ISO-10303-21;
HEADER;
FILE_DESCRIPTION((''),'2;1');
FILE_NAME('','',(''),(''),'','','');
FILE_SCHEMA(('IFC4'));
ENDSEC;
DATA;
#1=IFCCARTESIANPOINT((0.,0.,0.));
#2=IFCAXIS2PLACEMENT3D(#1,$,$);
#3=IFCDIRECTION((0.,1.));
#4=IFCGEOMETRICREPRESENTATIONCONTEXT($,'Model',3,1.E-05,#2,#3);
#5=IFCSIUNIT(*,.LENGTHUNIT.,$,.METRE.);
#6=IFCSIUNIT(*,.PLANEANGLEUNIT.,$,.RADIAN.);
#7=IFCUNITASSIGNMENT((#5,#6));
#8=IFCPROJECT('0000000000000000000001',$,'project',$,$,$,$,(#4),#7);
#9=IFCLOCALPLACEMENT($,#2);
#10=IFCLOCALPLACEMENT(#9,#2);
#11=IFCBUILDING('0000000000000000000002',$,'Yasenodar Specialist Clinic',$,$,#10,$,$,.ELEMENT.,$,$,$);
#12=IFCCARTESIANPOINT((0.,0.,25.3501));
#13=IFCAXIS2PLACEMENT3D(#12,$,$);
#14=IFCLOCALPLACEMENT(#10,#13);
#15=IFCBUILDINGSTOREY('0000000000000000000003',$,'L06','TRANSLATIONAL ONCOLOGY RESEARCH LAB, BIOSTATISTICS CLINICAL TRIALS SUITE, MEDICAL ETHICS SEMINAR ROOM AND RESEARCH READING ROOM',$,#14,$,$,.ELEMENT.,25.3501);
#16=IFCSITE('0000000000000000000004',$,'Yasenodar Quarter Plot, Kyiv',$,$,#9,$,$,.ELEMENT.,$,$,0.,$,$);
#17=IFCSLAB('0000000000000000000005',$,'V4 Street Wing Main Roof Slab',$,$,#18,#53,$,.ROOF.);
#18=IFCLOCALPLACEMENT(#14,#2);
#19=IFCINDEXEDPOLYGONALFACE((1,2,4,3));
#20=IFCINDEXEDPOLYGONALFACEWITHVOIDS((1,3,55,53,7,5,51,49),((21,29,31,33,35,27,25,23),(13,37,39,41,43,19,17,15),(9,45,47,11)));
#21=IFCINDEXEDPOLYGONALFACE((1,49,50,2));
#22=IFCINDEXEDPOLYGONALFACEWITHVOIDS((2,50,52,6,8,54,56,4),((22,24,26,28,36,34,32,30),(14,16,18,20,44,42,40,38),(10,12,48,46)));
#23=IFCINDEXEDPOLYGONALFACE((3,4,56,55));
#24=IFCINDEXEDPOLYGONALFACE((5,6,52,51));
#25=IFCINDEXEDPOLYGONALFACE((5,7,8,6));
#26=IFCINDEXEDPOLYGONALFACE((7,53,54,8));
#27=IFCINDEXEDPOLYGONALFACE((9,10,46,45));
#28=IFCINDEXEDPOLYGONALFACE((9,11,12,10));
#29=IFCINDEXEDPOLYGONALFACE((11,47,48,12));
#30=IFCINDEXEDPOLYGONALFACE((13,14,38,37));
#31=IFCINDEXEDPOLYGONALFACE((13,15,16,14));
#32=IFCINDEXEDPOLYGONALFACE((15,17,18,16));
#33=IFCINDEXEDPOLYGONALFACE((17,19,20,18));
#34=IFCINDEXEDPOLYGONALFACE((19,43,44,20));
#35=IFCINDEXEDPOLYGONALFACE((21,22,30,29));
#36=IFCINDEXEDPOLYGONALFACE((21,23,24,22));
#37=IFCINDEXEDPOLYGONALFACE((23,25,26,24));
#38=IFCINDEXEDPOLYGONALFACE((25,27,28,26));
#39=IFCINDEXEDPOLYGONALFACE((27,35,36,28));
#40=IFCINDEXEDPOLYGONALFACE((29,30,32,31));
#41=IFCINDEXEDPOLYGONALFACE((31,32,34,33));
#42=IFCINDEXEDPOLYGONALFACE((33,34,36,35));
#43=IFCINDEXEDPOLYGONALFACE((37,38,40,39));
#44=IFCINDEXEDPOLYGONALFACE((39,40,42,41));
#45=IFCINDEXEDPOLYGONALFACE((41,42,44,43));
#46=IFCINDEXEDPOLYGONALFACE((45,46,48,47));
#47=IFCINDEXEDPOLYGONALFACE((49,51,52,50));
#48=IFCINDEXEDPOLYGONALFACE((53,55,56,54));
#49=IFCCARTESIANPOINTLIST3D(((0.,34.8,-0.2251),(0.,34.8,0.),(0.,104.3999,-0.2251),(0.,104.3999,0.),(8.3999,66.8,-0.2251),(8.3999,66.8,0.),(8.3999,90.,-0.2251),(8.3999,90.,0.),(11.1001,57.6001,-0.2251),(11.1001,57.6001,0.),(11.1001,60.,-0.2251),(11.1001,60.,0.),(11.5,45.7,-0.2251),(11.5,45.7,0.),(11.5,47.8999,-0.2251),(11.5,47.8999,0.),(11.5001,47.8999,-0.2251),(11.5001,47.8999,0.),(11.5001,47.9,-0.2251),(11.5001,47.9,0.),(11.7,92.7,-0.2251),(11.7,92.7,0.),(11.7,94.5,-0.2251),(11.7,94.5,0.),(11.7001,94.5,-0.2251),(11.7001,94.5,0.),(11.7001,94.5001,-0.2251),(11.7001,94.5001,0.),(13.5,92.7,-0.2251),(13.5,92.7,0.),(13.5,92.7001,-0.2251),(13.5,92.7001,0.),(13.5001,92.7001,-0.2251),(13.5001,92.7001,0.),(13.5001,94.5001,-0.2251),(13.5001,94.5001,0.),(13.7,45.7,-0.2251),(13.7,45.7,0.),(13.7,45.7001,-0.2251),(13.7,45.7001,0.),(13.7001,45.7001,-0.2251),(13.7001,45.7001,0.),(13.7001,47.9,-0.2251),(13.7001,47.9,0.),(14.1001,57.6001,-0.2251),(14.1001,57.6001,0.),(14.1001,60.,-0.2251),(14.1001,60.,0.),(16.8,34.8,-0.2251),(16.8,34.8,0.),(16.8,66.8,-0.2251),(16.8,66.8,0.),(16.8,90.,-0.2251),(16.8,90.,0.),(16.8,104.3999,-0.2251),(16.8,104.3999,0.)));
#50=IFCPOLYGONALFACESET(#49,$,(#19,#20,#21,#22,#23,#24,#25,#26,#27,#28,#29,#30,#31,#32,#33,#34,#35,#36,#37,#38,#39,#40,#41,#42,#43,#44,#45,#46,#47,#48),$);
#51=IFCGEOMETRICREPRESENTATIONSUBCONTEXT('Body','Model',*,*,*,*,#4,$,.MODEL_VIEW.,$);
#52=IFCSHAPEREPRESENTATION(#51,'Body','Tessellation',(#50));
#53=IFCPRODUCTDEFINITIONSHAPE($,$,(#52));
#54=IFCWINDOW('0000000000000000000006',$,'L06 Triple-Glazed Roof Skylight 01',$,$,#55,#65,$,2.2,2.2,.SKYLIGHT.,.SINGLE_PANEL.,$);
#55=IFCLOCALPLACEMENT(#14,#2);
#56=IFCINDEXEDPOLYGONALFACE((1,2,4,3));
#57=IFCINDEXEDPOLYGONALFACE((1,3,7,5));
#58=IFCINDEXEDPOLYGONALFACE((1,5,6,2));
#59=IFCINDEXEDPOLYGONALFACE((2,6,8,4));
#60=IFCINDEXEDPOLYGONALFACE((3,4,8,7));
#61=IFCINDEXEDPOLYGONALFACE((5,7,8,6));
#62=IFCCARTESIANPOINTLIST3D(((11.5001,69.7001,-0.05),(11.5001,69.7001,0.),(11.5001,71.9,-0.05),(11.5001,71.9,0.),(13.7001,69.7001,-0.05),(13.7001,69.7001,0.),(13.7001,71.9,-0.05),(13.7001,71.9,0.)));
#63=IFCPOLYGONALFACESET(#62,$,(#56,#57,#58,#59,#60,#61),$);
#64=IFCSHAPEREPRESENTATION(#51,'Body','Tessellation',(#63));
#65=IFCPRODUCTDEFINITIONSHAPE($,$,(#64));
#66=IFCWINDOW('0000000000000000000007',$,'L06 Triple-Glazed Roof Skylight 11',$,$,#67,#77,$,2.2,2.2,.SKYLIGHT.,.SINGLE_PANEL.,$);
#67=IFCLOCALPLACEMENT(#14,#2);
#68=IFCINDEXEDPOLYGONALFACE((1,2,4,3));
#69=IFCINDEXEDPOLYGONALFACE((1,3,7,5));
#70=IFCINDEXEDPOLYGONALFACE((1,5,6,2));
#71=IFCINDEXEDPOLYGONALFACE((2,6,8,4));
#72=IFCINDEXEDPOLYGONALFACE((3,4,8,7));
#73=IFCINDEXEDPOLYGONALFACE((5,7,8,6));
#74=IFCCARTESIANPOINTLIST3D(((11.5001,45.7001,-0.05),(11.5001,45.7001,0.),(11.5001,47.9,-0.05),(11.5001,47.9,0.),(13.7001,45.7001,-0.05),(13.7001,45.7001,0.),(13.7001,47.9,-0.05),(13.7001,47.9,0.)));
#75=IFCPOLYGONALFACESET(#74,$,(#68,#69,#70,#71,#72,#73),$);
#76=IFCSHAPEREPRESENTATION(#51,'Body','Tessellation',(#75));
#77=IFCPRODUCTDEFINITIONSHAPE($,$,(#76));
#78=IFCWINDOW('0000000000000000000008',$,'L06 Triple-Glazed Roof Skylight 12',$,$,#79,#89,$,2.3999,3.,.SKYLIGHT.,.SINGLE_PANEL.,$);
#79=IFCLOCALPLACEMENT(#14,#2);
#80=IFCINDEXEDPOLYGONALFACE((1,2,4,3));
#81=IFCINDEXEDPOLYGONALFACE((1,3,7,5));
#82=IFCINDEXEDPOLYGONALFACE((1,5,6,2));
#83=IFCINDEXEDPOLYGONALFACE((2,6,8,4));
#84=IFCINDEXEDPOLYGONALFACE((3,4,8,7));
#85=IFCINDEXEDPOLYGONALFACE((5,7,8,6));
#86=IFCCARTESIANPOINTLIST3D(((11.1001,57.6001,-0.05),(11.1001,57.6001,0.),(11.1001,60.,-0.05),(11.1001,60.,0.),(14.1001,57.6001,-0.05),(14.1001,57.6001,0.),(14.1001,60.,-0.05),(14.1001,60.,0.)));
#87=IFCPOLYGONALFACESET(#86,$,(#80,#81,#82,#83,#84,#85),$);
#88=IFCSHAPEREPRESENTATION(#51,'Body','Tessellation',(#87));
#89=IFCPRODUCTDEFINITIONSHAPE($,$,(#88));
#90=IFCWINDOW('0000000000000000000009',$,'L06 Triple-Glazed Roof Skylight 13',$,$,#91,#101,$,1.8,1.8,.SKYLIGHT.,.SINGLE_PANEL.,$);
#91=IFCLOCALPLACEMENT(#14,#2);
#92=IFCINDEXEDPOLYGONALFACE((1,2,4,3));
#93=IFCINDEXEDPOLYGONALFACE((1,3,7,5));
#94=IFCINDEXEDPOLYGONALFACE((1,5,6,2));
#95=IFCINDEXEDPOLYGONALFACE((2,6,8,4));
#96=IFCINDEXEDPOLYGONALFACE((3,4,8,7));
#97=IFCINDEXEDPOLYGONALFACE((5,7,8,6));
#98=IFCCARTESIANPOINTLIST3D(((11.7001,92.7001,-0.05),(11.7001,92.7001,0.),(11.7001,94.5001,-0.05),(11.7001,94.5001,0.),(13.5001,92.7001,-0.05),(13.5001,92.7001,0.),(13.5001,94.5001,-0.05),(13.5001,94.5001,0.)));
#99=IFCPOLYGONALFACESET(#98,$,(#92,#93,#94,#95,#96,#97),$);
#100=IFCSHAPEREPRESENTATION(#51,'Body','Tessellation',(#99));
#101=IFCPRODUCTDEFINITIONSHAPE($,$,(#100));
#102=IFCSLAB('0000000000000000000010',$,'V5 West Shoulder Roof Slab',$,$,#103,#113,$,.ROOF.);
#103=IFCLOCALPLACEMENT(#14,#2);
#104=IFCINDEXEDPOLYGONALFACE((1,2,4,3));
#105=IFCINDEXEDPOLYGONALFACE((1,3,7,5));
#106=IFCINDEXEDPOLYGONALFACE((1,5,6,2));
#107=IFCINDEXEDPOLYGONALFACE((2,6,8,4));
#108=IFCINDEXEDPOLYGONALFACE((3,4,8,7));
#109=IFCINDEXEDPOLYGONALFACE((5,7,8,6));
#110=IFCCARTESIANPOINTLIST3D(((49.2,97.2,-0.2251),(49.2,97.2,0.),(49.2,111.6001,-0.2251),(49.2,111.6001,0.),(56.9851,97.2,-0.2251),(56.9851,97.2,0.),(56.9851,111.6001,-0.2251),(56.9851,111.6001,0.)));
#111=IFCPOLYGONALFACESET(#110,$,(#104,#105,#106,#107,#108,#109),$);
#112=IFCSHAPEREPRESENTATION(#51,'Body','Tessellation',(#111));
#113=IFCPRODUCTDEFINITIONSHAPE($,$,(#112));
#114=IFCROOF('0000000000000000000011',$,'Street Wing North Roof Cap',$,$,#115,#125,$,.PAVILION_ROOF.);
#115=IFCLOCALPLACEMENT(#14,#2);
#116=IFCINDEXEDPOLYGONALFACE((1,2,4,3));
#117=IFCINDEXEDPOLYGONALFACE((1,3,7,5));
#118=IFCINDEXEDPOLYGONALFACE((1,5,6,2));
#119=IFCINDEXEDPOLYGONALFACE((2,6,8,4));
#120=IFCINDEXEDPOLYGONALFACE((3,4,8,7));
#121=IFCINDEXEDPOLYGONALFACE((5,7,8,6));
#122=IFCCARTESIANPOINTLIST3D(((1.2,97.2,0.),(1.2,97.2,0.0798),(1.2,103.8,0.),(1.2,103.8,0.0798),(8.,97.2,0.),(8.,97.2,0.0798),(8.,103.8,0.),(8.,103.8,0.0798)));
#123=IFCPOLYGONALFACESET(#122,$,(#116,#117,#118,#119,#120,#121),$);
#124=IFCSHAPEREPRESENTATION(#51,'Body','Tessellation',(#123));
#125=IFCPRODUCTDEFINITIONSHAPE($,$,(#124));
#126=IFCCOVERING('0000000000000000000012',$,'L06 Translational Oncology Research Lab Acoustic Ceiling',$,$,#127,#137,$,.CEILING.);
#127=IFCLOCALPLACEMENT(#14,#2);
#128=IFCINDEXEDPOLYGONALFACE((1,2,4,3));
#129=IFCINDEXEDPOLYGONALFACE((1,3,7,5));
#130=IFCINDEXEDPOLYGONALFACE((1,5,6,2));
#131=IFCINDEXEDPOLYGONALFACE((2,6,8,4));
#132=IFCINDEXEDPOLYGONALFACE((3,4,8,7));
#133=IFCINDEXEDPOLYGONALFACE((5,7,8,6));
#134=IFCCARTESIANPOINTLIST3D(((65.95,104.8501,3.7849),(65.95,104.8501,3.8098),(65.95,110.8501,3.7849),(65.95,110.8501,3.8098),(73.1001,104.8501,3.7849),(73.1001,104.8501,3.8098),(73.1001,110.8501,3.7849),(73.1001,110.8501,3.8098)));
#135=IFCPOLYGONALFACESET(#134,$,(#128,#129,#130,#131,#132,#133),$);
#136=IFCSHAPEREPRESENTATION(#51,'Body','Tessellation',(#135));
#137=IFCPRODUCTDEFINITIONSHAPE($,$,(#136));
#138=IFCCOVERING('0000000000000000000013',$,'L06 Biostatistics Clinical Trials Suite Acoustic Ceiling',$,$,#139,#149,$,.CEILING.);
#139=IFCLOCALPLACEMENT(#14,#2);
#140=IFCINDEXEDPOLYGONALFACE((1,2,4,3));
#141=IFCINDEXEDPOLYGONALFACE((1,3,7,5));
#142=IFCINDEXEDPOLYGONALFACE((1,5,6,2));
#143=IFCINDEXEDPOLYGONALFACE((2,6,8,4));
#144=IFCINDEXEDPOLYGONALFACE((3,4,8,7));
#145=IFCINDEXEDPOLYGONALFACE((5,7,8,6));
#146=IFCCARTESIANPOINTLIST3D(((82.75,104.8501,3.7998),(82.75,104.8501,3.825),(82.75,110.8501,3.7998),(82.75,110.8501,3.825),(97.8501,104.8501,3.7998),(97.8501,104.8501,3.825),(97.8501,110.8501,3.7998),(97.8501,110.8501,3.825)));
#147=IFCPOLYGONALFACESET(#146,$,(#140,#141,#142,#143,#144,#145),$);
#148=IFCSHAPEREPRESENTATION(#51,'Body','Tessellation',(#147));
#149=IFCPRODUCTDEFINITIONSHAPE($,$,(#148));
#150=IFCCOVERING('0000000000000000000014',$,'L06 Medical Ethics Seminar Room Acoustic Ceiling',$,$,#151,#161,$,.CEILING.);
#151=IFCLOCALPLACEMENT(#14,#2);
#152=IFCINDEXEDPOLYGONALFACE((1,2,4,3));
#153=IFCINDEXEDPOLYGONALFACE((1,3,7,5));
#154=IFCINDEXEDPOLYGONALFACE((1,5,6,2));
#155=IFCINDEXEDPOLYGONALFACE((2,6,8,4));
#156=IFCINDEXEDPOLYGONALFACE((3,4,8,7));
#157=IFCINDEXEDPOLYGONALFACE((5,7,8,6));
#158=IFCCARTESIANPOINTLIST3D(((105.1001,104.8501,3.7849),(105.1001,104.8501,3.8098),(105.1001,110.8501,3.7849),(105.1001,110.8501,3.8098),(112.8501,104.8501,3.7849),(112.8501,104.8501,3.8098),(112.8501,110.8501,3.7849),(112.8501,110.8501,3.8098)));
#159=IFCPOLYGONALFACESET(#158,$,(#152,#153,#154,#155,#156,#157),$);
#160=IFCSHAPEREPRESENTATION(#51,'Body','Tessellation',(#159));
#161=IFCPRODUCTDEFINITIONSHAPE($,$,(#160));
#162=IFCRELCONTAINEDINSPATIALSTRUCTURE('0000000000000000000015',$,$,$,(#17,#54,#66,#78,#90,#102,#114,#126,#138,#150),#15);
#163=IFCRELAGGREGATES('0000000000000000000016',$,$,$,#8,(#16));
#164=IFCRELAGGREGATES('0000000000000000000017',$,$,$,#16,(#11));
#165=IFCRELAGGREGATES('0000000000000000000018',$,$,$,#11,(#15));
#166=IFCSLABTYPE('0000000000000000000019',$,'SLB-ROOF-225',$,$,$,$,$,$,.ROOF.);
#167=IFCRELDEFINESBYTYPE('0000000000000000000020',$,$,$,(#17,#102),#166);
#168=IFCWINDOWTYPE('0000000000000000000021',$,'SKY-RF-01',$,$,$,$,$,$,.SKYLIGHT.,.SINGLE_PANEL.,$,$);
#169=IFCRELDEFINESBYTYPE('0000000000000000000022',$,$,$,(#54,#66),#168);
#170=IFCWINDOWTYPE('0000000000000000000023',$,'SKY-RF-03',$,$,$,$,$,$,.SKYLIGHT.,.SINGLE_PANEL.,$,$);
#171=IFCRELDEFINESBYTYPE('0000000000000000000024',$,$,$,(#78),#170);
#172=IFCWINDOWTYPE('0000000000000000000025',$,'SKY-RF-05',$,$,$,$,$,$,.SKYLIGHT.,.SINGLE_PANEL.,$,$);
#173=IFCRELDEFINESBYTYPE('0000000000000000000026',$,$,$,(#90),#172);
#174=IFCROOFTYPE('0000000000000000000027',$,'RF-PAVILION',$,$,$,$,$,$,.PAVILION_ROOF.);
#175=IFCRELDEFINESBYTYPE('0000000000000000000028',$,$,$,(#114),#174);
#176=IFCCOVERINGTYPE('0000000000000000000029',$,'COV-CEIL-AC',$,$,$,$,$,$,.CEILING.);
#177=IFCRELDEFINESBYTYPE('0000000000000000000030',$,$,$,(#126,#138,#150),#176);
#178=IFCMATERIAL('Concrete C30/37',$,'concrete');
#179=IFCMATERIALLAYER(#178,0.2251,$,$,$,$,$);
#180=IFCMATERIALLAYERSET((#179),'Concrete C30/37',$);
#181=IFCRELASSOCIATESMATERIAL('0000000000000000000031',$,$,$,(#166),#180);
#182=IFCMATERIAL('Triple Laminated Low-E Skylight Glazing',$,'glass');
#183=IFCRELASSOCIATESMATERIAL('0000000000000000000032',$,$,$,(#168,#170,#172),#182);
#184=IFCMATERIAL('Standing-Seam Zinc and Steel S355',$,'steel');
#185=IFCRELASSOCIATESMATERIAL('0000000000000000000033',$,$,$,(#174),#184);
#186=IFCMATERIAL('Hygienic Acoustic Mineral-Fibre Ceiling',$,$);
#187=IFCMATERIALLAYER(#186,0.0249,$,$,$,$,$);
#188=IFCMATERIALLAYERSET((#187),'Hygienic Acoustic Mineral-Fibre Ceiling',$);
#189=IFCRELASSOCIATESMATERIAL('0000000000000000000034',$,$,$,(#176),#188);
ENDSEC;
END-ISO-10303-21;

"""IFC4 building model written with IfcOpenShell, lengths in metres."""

from ifc_helpers import new_model, si_unit, direction, frame, origin, origin_2d, place, context, subcontext, project, spatial, polyline, rectangle, outline, extrude, material, layer, layer_set, type_object, element, fill, save


model = new_model("IFC4")

# Units and contexts
model_context = context("Model", 3, precision=1e-05, world=origin(), true_north=direction((0.0, 1.0)))
body_context = subcontext(model_context, "Body", "Model", "MODEL_VIEW")
ifc_project = project(units=[si_unit("LENGTHUNIT", "METRE"), si_unit("PLANEANGLEUNIT", "RADIAN")], contexts=[model_context])

# Site, building, storey
site_placement = place(None, origin())
site = spatial("IfcSite", under=ifc_project, at=site_placement, Name="Yasenodar Quarter Plot, Kyiv", CompositionType="ELEMENT", RefElevation=0.0)
building_placement = place(site_placement, origin())
building = spatial("IfcBuilding", under=site, at=building_placement, Name="Yasenodar Specialist Clinic", CompositionType="ELEMENT")
storey_placement = place(building_placement, frame((0.0, 0.0, 25.3501)))
storey = spatial("IfcBuildingStorey", under=building, at=storey_placement, Name="L06", Description="TRANSLATIONAL ONCOLOGY RESEARCH LAB, BIOSTATISTICS CLINICAL TRIALS SUITE, MEDICAL ETHICS SEMINAR ROOM AND RESEARCH READING ROOM", CompositionType="ELEMENT", Elevation=25.3501)

# Shared definitions
ifc_material_1 = material(Name="Concrete C30/37", Category="concrete")

# Shared definitions
ifc_layer_1 = layer(ifc_material_1, 0.2251)
ifc_layer_set_1 = layer_set([ifc_layer_1], Name="Concrete C30/37")
slab_type_1 = type_object("IfcSlabType", Name="SLB-ROOF-225", PredefinedType="ROOF", material=ifc_layer_set_1)

# Slab, openings, windows
slab_1_placement = place(storey_placement, frame((0.0, 0.0, -0.2251)))
slab_1 = element("IfcSlab", 1, at=slab_1_placement, inside=storey, type_object=slab_type_1, Name="V4 Street Wing Main Roof Slab", PredefinedType="ROOF", context=body_context, shape_type="SweptSolid", body=[
    extrude(outline(polyline([(0.0, 104.3999), (16.8, 104.3999), (16.8, 90.0), (8.3999, 90.0), (8.3999, 66.8), (16.8, 66.8), (16.8, 34.8), (0.0, 34.8), (0.0, 104.3999)]), holes=[polyline([(14.1001, 57.6001), (14.1001, 60.0), (11.1001, 60.0), (11.1001, 57.6001), (14.1001, 57.6001)]), polyline([(13.7, 45.7), (13.7, 47.8999), (11.5, 47.8999), (11.5, 45.7), (13.7, 45.7)]), polyline([(13.5, 92.7), (13.5, 94.5), (11.7, 94.5), (11.7, 92.7), (13.5, 92.7)])]), origin(), (0.0, 0.0, 1.0), 0.2251),
])
opening_1_placement = place(slab_1_placement, frame((12.6001, 70.8, -0.01)))
opening_1 = element("IfcOpeningElement", 2, at=opening_1_placement, cuts=slab_1, PredefinedType="OPENING", context=body_context, shape_type="SweptSolid", body=[
    extrude(rectangle(XDim=2.2, YDim=2.2, at=origin_2d()), origin(), (0.0, 0.0, 1.0), 0.2451),
])
opening_2_placement = place(slab_1_placement, frame((12.6001, 46.8, -0.01)))
opening_2 = element("IfcOpeningElement", 3, at=opening_2_placement, cuts=slab_1, PredefinedType="OPENING", context=body_context, shape_type="SweptSolid", body=[
    extrude(rectangle(XDim=2.2, YDim=2.2, at=origin_2d()), origin(), (0.0, 0.0, 1.0), 0.2451),
])
opening_3_placement = place(slab_1_placement, frame((12.6001, 58.8, -0.01)))
opening_3 = element("IfcOpeningElement", 4, at=opening_3_placement, cuts=slab_1, PredefinedType="OPENING", context=body_context, shape_type="SweptSolid", body=[
    extrude(rectangle(XDim=3.0, YDim=2.3999, at=origin_2d()), origin(), (0.0, 0.0, 1.0), 0.2451),
])
opening_4_placement = place(slab_1_placement, frame((12.6001, 93.6001, -0.01)))
opening_4 = element("IfcOpeningElement", 5, at=opening_4_placement, cuts=slab_1, PredefinedType="OPENING", context=body_context, shape_type="SweptSolid", body=[
    extrude(rectangle(XDim=1.8, YDim=1.8, at=origin_2d()), origin(), (0.0, 0.0, 1.0), 0.2451),
])
ifc_material_2 = material(Name="Triple Laminated Low-E Skylight Glazing", Category="glass")
window_type_1 = type_object("IfcWindowType", Name="SKY-RF-01", PartitioningType="SINGLE_PANEL", PredefinedType="SKYLIGHT", material=ifc_material_2)
window_1_placement = place(slab_1_placement, frame((12.6001, 70.8, 0.175)))
window_1 = element("IfcWindow", 6, at=window_1_placement, inside=storey, type_object=window_type_1, Name="L06 Triple-Glazed Roof Skylight 01", OverallHeight=2.2, OverallWidth=2.2, PartitioningType="SINGLE_PANEL", PredefinedType="SKYLIGHT", context=body_context, shape_type="SweptSolid", body=[
    extrude(rectangle(XDim=2.2, YDim=2.2, at=origin_2d()), origin(), (0.0, 0.0, 1.0), 0.05),
])
fill(opening_1, window_1)
window_2_placement = place(slab_1_placement, frame((12.6001, 46.8, 0.175)))
window_2 = element("IfcWindow", 7, at=window_2_placement, inside=storey, type_object=window_type_1, Name="L06 Triple-Glazed Roof Skylight 11", OverallHeight=2.2, OverallWidth=2.2, PartitioningType="SINGLE_PANEL", PredefinedType="SKYLIGHT", context=body_context, shape_type="SweptSolid", body=[
    extrude(rectangle(XDim=2.2, YDim=2.2, at=origin_2d()), origin(), (0.0, 0.0, 1.0), 0.05),
])
fill(opening_2, window_2)
window_type_2 = type_object("IfcWindowType", Name="SKY-RF-03", PartitioningType="SINGLE_PANEL", PredefinedType="SKYLIGHT", material=ifc_material_2)
window_3_placement = place(slab_1_placement, frame((12.6001, 58.8, 0.175)))
window_3 = element("IfcWindow", 8, at=window_3_placement, inside=storey, type_object=window_type_2, Name="L06 Triple-Glazed Roof Skylight 12", OverallHeight=2.3999, OverallWidth=3.0, PartitioningType="SINGLE_PANEL", PredefinedType="SKYLIGHT", context=body_context, shape_type="SweptSolid", body=[
    extrude(rectangle(XDim=3.0, YDim=2.3999, at=origin_2d()), origin(), (0.0, 0.0, 1.0), 0.05),
])
fill(opening_3, window_3)
window_type_3 = type_object("IfcWindowType", Name="SKY-RF-05", PartitioningType="SINGLE_PANEL", PredefinedType="SKYLIGHT", material=ifc_material_2)
window_4_placement = place(slab_1_placement, frame((12.6001, 93.6001, 0.175)))
window_4 = element("IfcWindow", 9, at=window_4_placement, inside=storey, type_object=window_type_3, Name="L06 Triple-Glazed Roof Skylight 13", OverallHeight=1.8, OverallWidth=1.8, PartitioningType="SINGLE_PANEL", PredefinedType="SKYLIGHT", context=body_context, shape_type="SweptSolid", body=[
    extrude(rectangle(XDim=1.8, YDim=1.8, at=origin_2d()), origin(), (0.0, 0.0, 1.0), 0.05),
])
fill(opening_4, window_4)

# Slab
slab_2_placement = place(storey_placement, frame((0.0, 0.0, -0.2251)))
element("IfcSlab", 10, at=slab_2_placement, inside=storey, type_object=slab_type_1, Name="V5 West Shoulder Roof Slab", PredefinedType="ROOF", context=body_context, shape_type="SweptSolid", body=[
    extrude(outline(polyline([(49.2, 97.2), (49.2, 111.6001), (56.9851, 111.6001), (56.9851, 97.2), (49.2, 97.2)])), origin(), (0.0, 0.0, 1.0), 0.2251),
])

# Roof
ifc_material_3 = material(Name="Standing-Seam Zinc and Steel S355", Category="steel")
roof_type = type_object("IfcRoofType", Name="RF-PAVILION", PredefinedType="PAVILION_ROOF", material=ifc_material_3)
roof_placement = place(storey_placement, origin())
element("IfcRoof", 11, at=roof_placement, inside=storey, type_object=roof_type, Name="Street Wing North Roof Cap", PredefinedType="PAVILION_ROOF", context=body_context, shape_type="SweptSolid", body=[
    extrude(outline(polyline([(1.2, 97.2), (8.0, 97.2), (8.0, 103.8), (1.2, 103.8), (1.2, 97.2)])), origin(), (0.0, 0.0, 1.0), 0.0798),
])

# Coverings
ifc_material_4 = material(Name="Hygienic Acoustic Mineral-Fibre Ceiling")
ifc_layer_2 = layer(ifc_material_4, 0.0249)
ifc_layer_set_2 = layer_set([ifc_layer_2], Name="Hygienic Acoustic Mineral-Fibre Ceiling")
covering_type_1 = type_object("IfcCoveringType", Name="COV-CEIL-AC", PredefinedType="CEILING", material=ifc_layer_set_2)
covering_1_placement = place(storey_placement, frame((0.0, 0.0, 3.7849)))
element("IfcCovering", 12, at=covering_1_placement, inside=storey, type_object=covering_type_1, Name="L06 Translational Oncology Research Lab Acoustic Ceiling", PredefinedType="CEILING", context=body_context, shape_type="SweptSolid", body=[
    extrude(outline(polyline([(65.95, 104.8501), (65.95, 110.8501), (73.1001, 110.8501), (73.1001, 104.8501), (65.95, 104.8501)])), origin(), (0.0, 0.0, 1.0), 0.0249),
])
covering_2_placement = place(storey_placement, frame((0.0, 0.0, 3.7998)))
element("IfcCovering", 13, at=covering_2_placement, inside=storey, type_object=covering_type_1, Name="L06 Biostatistics Clinical Trials Suite Acoustic Ceiling", PredefinedType="CEILING", context=body_context, shape_type="SweptSolid", body=[
    extrude(outline(polyline([(97.8501, 104.8501), (82.75, 104.8501), (82.75, 110.8501), (97.8501, 110.8501), (97.8501, 104.8501)])), origin(), (0.0, 0.0, 1.0), 0.0251),
])
covering_3_placement = place(storey_placement, frame((0.0, 0.0, 3.7849)))
element("IfcCovering", 14, at=covering_3_placement, inside=storey, type_object=covering_type_1, Name="L06 Medical Ethics Seminar Room Acoustic Ceiling", PredefinedType="CEILING", context=body_context, shape_type="SweptSolid", body=[
    extrude(outline(polyline([(112.8501, 104.8501), (105.1001, 104.8501), (105.1001, 110.8501), (112.8501, 110.8501), (112.8501, 104.8501)])), origin(), (0.0, 0.0, 1.0), 0.0249),
])

save(model, "model.ifc")
